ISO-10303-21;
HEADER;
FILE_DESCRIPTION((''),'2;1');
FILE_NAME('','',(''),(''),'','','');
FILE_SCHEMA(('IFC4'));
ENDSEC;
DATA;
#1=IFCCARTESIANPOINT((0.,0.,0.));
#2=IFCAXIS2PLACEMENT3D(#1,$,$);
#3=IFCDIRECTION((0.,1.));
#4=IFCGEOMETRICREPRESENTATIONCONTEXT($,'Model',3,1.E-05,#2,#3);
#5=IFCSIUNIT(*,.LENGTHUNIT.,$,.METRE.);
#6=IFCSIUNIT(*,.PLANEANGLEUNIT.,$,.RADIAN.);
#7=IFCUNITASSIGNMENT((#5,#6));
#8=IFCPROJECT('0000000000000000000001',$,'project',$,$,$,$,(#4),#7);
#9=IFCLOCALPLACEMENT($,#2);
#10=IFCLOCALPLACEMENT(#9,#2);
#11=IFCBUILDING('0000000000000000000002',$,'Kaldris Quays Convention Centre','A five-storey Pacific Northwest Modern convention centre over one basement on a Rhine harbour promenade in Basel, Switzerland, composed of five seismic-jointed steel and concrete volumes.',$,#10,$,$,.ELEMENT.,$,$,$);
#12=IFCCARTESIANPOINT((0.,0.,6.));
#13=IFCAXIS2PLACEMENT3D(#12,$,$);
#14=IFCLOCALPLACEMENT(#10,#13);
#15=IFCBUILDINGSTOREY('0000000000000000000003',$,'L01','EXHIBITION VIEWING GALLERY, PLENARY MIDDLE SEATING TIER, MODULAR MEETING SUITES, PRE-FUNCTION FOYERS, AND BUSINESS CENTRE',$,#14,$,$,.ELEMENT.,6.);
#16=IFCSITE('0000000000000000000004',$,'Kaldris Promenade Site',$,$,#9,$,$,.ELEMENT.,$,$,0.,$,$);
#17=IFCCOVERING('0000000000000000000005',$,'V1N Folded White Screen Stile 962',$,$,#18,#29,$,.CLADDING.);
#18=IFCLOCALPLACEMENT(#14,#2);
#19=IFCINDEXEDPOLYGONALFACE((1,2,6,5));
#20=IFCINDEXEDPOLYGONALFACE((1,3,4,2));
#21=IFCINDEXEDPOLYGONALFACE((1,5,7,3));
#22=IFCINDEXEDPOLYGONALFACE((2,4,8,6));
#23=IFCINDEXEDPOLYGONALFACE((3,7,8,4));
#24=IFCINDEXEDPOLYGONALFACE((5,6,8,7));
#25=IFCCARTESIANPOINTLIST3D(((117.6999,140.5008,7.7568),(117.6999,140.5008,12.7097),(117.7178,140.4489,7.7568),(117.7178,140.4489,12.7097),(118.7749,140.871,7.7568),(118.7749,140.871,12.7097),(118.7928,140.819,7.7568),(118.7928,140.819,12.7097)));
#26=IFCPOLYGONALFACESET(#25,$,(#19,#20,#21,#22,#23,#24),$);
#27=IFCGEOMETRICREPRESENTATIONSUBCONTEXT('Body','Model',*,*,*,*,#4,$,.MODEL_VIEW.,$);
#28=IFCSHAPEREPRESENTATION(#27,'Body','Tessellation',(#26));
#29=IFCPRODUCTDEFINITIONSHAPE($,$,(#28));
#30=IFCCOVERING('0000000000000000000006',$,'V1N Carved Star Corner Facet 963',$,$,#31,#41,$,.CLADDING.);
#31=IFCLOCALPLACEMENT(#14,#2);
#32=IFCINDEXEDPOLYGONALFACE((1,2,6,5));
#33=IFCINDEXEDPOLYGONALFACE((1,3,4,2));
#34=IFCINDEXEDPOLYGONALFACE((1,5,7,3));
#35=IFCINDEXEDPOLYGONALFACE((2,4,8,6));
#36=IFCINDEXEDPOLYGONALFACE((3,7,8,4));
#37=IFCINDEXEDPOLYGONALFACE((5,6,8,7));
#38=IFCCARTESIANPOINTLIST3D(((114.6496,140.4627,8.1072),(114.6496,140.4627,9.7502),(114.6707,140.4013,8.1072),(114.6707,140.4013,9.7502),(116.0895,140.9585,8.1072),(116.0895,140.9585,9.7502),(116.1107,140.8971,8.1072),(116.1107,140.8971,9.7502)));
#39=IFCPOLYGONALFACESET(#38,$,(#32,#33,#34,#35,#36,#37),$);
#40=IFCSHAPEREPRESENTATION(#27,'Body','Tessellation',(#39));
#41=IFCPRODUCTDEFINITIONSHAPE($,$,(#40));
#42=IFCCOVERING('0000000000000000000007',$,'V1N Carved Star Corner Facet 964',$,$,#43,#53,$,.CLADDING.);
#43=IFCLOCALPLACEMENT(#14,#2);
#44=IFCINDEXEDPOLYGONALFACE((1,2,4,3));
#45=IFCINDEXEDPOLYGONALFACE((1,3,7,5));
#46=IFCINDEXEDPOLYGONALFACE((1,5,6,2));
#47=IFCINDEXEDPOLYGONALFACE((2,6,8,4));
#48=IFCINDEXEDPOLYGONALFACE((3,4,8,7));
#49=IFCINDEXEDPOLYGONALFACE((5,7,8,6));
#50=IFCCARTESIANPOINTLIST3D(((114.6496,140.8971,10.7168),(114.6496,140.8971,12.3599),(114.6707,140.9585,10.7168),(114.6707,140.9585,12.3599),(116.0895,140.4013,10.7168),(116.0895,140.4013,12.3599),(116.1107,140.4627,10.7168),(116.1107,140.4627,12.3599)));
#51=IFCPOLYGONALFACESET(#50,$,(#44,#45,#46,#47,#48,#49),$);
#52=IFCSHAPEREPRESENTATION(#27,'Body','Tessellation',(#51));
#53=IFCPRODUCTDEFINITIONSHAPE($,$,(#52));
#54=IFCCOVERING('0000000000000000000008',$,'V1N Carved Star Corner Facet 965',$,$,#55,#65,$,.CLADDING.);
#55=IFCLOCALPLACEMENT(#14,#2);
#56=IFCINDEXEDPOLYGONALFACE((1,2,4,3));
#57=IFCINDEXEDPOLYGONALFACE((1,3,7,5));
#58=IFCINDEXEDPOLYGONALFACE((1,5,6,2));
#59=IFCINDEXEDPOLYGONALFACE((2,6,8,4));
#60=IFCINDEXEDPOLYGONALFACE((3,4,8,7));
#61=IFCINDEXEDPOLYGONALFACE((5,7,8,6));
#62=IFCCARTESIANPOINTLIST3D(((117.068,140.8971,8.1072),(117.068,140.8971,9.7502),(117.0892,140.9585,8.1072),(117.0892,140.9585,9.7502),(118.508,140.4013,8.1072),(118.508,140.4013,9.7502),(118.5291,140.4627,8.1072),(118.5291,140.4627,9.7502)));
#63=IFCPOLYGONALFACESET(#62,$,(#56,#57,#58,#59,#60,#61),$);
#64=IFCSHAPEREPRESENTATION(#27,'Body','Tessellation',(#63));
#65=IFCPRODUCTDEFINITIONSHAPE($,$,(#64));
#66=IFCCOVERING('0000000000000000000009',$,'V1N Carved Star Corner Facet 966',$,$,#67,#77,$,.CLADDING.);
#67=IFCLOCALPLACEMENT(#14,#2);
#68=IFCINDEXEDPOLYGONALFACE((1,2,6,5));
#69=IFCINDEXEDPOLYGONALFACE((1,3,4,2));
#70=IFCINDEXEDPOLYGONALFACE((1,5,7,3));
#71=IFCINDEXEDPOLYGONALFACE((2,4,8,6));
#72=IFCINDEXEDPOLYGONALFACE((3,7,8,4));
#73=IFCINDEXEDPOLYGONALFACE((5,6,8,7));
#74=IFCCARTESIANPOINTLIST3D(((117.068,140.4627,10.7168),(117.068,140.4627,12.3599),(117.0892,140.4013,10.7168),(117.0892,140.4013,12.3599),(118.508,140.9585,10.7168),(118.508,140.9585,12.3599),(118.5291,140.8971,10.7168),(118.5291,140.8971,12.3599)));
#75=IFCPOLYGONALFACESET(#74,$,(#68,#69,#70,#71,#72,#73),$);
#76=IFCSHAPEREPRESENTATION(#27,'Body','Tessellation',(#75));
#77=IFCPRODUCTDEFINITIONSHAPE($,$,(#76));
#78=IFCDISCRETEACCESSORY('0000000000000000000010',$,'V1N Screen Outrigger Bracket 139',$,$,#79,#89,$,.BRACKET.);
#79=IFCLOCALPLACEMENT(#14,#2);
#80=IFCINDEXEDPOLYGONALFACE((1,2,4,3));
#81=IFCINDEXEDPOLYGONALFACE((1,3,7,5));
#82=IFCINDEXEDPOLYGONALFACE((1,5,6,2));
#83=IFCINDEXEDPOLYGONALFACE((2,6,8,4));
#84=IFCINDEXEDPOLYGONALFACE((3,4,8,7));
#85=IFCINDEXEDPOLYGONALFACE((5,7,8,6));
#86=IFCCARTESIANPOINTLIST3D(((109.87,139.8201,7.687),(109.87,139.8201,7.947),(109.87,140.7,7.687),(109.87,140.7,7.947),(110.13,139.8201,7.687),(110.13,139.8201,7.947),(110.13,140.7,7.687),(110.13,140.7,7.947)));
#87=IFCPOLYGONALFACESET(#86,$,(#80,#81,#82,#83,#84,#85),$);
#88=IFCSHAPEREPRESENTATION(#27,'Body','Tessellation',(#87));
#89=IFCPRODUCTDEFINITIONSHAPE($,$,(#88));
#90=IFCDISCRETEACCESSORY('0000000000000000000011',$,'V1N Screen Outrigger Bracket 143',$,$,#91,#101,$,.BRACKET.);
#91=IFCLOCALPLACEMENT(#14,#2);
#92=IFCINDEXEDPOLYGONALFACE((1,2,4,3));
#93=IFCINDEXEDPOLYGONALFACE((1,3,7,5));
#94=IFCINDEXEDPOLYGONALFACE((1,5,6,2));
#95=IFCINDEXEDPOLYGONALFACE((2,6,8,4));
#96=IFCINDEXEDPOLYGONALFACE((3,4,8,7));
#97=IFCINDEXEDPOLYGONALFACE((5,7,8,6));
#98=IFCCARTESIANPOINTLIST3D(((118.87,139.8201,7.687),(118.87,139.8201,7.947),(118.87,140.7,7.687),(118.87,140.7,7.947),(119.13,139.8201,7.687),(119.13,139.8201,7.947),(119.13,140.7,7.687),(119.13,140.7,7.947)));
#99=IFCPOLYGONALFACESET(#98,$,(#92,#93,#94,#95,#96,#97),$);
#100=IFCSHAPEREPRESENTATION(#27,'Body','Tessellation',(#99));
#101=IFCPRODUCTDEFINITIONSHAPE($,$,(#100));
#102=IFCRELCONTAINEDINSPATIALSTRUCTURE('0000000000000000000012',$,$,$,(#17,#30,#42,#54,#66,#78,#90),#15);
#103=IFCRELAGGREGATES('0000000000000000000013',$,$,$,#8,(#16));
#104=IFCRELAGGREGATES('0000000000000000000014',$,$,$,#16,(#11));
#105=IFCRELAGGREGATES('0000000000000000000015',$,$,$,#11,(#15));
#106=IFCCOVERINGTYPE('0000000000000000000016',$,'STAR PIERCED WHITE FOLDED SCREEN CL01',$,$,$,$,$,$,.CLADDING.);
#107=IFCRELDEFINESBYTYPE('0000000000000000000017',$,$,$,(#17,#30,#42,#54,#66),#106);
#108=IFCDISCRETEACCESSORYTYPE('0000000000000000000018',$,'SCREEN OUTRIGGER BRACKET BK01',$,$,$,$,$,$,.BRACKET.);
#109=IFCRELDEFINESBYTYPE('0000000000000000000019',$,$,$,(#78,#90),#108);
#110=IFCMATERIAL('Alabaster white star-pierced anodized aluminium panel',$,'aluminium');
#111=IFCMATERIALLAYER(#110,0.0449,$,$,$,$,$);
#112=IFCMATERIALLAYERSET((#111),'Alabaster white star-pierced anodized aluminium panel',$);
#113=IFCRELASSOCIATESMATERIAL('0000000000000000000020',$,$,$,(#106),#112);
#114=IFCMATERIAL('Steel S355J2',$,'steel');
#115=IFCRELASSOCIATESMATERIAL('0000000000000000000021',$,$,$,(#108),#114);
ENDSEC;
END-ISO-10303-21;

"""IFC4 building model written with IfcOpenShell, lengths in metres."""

from ifc_helpers import new_model, si_unit, direction, frame, origin, origin_2d, place, context, subcontext, project, spatial, rectangle, extrude, material, layer, layer_set, type_object, element, save


model = new_model("IFC4")

# Units and contexts
model_context = context("Model", 3, precision=1e-05, world=origin(), true_north=direction((0.0, 1.0)))
body_context = subcontext(model_context, "Body", "Model", "MODEL_VIEW")
ifc_project = project(units=[si_unit("LENGTHUNIT", "METRE"), si_unit("PLANEANGLEUNIT", "RADIAN")], contexts=[model_context])

# Site, building, storey
site_placement = place(None, origin())
site = spatial("IfcSite", under=ifc_project, at=site_placement, Name="Kaldris Promenade Site", CompositionType="ELEMENT", RefElevation=0.0)
building_placement = place(site_placement, origin())
building = spatial("IfcBuilding", under=site, at=building_placement, Name="Kaldris Quays Convention Centre", Description="A five-storey Pacific Northwest Modern convention centre over one basement on a Rhine harbour promenade in Basel, Switzerland, composed of five seismic-jointed steel and concrete volumes.", CompositionType="ELEMENT")
storey_placement = place(building_placement, frame((0.0, 0.0, 6.0)))
storey = spatial("IfcBuildingStorey", under=building, at=storey_placement, Name="L01", Description="EXHIBITION VIEWING GALLERY, PLENARY MIDDLE SEATING TIER, MODULAR MEETING SUITES, PRE-FUNCTION FOYERS, AND BUSINESS CENTRE", CompositionType="ELEMENT", Elevation=6.0)

# Coverings
ifc_material_1 = material(Name="Alabaster white star-pierced anodized aluminium panel", Category="aluminium")
ifc_layer = layer(ifc_material_1, 0.0449)
ifc_layer_set = layer_set([ifc_layer], Name="Alabaster white star-pierced anodized aluminium panel")
covering_type = type_object("IfcCoveringType", Name="STAR PIERCED WHITE FOLDED SCREEN CL01", PredefinedType="CLADDING", material=ifc_layer_set)
for number, where, z_axis, x_axis, name in (
    (1, (118.2463, 140.6599, 7.7568), (0.0, 0.0, 1.0), (0.945519, 0.325568, 0.0), "V1N Folded White Screen Stile 962"),
):
    element("IfcCovering", number, at=place(storey_placement, frame(where, z_axis=z_axis, x_axis=x_axis)), inside=storey, type_object=covering_type, Name=name, PredefinedType="CLADDING", context=body_context, shape_type="SweptSolid", body=[
        extrude(rectangle(XDim=1.137, YDim=0.0549, at=origin_2d()), origin(), (0.0, 0.0, 1.0), 4.9529),
    ])
for number, where, z_axis, x_axis, name in (
    (2, (115.3801, 140.6799, 8.1072), (0.0, 0.0, 1.0), (0.945519, 0.325568, 0.0), "V1N Carved Star Corner Facet 963"),
    (3, (115.3801, 140.6799, 10.7168), (0.0, 0.0, 1.0), (0.945519, -0.325568, 0.0), "V1N Carved Star Corner Facet 964"),
    (4, (117.7986, 140.6799, 8.1072), (0.0, 0.0, 1.0), (0.945519, -0.325568, 0.0), "V1N Carved Star Corner Facet 965"),
    (5, (117.7986, 140.6799, 10.7168), (0.0, 0.0, 1.0), (0.945519, 0.325568, 0.0), "V1N Carved Star Corner Facet 966"),
):
    element("IfcCovering", number, at=place(storey_placement, frame(where, z_axis=z_axis, x_axis=x_axis)), inside=storey, type_object=covering_type, Name=name, PredefinedType="CLADDING", context=body_context, shape_type="SweptSolid", body=[
        extrude(rectangle(XDim=1.5229, YDim=0.0649, at=origin_2d()), origin(), (0.0, 0.0, 1.0), 1.6431),
    ])

# Discrete accessories
ifc_material_2 = material(Name="Steel S355J2", Category="steel")
discrete_accessory_type = type_object("IfcDiscreteAccessoryType", Name="SCREEN OUTRIGGER BRACKET BK01", PredefinedType="BRACKET", material=ifc_material_2)
for number, where, z_axis, x_axis, name in (
    (6, (110.0, 140.26, 7.687), (0.0, 0.0, 1.0), (1.0, 0.0, 0.0), "V1N Screen Outrigger Bracket 139"),
    (7, (119.0, 140.26, 7.687), (0.0, 0.0, 1.0), (1.0, 0.0, 0.0), "V1N Screen Outrigger Bracket 143"),
):
    element("IfcDiscreteAccessory", number, at=place(storey_placement, frame(where, z_axis=z_axis, x_axis=x_axis)), inside=storey, type_object=discrete_accessory_type, Name=name, PredefinedType="BRACKET", context=body_context, shape_type="SweptSolid", body=[
        extrude(rectangle(XDim=0.26, YDim=0.8799, at=origin_2d()), origin(), (0.0, 0.0, 1.0), 0.26),
    ])

save(model, "model.ifc")
